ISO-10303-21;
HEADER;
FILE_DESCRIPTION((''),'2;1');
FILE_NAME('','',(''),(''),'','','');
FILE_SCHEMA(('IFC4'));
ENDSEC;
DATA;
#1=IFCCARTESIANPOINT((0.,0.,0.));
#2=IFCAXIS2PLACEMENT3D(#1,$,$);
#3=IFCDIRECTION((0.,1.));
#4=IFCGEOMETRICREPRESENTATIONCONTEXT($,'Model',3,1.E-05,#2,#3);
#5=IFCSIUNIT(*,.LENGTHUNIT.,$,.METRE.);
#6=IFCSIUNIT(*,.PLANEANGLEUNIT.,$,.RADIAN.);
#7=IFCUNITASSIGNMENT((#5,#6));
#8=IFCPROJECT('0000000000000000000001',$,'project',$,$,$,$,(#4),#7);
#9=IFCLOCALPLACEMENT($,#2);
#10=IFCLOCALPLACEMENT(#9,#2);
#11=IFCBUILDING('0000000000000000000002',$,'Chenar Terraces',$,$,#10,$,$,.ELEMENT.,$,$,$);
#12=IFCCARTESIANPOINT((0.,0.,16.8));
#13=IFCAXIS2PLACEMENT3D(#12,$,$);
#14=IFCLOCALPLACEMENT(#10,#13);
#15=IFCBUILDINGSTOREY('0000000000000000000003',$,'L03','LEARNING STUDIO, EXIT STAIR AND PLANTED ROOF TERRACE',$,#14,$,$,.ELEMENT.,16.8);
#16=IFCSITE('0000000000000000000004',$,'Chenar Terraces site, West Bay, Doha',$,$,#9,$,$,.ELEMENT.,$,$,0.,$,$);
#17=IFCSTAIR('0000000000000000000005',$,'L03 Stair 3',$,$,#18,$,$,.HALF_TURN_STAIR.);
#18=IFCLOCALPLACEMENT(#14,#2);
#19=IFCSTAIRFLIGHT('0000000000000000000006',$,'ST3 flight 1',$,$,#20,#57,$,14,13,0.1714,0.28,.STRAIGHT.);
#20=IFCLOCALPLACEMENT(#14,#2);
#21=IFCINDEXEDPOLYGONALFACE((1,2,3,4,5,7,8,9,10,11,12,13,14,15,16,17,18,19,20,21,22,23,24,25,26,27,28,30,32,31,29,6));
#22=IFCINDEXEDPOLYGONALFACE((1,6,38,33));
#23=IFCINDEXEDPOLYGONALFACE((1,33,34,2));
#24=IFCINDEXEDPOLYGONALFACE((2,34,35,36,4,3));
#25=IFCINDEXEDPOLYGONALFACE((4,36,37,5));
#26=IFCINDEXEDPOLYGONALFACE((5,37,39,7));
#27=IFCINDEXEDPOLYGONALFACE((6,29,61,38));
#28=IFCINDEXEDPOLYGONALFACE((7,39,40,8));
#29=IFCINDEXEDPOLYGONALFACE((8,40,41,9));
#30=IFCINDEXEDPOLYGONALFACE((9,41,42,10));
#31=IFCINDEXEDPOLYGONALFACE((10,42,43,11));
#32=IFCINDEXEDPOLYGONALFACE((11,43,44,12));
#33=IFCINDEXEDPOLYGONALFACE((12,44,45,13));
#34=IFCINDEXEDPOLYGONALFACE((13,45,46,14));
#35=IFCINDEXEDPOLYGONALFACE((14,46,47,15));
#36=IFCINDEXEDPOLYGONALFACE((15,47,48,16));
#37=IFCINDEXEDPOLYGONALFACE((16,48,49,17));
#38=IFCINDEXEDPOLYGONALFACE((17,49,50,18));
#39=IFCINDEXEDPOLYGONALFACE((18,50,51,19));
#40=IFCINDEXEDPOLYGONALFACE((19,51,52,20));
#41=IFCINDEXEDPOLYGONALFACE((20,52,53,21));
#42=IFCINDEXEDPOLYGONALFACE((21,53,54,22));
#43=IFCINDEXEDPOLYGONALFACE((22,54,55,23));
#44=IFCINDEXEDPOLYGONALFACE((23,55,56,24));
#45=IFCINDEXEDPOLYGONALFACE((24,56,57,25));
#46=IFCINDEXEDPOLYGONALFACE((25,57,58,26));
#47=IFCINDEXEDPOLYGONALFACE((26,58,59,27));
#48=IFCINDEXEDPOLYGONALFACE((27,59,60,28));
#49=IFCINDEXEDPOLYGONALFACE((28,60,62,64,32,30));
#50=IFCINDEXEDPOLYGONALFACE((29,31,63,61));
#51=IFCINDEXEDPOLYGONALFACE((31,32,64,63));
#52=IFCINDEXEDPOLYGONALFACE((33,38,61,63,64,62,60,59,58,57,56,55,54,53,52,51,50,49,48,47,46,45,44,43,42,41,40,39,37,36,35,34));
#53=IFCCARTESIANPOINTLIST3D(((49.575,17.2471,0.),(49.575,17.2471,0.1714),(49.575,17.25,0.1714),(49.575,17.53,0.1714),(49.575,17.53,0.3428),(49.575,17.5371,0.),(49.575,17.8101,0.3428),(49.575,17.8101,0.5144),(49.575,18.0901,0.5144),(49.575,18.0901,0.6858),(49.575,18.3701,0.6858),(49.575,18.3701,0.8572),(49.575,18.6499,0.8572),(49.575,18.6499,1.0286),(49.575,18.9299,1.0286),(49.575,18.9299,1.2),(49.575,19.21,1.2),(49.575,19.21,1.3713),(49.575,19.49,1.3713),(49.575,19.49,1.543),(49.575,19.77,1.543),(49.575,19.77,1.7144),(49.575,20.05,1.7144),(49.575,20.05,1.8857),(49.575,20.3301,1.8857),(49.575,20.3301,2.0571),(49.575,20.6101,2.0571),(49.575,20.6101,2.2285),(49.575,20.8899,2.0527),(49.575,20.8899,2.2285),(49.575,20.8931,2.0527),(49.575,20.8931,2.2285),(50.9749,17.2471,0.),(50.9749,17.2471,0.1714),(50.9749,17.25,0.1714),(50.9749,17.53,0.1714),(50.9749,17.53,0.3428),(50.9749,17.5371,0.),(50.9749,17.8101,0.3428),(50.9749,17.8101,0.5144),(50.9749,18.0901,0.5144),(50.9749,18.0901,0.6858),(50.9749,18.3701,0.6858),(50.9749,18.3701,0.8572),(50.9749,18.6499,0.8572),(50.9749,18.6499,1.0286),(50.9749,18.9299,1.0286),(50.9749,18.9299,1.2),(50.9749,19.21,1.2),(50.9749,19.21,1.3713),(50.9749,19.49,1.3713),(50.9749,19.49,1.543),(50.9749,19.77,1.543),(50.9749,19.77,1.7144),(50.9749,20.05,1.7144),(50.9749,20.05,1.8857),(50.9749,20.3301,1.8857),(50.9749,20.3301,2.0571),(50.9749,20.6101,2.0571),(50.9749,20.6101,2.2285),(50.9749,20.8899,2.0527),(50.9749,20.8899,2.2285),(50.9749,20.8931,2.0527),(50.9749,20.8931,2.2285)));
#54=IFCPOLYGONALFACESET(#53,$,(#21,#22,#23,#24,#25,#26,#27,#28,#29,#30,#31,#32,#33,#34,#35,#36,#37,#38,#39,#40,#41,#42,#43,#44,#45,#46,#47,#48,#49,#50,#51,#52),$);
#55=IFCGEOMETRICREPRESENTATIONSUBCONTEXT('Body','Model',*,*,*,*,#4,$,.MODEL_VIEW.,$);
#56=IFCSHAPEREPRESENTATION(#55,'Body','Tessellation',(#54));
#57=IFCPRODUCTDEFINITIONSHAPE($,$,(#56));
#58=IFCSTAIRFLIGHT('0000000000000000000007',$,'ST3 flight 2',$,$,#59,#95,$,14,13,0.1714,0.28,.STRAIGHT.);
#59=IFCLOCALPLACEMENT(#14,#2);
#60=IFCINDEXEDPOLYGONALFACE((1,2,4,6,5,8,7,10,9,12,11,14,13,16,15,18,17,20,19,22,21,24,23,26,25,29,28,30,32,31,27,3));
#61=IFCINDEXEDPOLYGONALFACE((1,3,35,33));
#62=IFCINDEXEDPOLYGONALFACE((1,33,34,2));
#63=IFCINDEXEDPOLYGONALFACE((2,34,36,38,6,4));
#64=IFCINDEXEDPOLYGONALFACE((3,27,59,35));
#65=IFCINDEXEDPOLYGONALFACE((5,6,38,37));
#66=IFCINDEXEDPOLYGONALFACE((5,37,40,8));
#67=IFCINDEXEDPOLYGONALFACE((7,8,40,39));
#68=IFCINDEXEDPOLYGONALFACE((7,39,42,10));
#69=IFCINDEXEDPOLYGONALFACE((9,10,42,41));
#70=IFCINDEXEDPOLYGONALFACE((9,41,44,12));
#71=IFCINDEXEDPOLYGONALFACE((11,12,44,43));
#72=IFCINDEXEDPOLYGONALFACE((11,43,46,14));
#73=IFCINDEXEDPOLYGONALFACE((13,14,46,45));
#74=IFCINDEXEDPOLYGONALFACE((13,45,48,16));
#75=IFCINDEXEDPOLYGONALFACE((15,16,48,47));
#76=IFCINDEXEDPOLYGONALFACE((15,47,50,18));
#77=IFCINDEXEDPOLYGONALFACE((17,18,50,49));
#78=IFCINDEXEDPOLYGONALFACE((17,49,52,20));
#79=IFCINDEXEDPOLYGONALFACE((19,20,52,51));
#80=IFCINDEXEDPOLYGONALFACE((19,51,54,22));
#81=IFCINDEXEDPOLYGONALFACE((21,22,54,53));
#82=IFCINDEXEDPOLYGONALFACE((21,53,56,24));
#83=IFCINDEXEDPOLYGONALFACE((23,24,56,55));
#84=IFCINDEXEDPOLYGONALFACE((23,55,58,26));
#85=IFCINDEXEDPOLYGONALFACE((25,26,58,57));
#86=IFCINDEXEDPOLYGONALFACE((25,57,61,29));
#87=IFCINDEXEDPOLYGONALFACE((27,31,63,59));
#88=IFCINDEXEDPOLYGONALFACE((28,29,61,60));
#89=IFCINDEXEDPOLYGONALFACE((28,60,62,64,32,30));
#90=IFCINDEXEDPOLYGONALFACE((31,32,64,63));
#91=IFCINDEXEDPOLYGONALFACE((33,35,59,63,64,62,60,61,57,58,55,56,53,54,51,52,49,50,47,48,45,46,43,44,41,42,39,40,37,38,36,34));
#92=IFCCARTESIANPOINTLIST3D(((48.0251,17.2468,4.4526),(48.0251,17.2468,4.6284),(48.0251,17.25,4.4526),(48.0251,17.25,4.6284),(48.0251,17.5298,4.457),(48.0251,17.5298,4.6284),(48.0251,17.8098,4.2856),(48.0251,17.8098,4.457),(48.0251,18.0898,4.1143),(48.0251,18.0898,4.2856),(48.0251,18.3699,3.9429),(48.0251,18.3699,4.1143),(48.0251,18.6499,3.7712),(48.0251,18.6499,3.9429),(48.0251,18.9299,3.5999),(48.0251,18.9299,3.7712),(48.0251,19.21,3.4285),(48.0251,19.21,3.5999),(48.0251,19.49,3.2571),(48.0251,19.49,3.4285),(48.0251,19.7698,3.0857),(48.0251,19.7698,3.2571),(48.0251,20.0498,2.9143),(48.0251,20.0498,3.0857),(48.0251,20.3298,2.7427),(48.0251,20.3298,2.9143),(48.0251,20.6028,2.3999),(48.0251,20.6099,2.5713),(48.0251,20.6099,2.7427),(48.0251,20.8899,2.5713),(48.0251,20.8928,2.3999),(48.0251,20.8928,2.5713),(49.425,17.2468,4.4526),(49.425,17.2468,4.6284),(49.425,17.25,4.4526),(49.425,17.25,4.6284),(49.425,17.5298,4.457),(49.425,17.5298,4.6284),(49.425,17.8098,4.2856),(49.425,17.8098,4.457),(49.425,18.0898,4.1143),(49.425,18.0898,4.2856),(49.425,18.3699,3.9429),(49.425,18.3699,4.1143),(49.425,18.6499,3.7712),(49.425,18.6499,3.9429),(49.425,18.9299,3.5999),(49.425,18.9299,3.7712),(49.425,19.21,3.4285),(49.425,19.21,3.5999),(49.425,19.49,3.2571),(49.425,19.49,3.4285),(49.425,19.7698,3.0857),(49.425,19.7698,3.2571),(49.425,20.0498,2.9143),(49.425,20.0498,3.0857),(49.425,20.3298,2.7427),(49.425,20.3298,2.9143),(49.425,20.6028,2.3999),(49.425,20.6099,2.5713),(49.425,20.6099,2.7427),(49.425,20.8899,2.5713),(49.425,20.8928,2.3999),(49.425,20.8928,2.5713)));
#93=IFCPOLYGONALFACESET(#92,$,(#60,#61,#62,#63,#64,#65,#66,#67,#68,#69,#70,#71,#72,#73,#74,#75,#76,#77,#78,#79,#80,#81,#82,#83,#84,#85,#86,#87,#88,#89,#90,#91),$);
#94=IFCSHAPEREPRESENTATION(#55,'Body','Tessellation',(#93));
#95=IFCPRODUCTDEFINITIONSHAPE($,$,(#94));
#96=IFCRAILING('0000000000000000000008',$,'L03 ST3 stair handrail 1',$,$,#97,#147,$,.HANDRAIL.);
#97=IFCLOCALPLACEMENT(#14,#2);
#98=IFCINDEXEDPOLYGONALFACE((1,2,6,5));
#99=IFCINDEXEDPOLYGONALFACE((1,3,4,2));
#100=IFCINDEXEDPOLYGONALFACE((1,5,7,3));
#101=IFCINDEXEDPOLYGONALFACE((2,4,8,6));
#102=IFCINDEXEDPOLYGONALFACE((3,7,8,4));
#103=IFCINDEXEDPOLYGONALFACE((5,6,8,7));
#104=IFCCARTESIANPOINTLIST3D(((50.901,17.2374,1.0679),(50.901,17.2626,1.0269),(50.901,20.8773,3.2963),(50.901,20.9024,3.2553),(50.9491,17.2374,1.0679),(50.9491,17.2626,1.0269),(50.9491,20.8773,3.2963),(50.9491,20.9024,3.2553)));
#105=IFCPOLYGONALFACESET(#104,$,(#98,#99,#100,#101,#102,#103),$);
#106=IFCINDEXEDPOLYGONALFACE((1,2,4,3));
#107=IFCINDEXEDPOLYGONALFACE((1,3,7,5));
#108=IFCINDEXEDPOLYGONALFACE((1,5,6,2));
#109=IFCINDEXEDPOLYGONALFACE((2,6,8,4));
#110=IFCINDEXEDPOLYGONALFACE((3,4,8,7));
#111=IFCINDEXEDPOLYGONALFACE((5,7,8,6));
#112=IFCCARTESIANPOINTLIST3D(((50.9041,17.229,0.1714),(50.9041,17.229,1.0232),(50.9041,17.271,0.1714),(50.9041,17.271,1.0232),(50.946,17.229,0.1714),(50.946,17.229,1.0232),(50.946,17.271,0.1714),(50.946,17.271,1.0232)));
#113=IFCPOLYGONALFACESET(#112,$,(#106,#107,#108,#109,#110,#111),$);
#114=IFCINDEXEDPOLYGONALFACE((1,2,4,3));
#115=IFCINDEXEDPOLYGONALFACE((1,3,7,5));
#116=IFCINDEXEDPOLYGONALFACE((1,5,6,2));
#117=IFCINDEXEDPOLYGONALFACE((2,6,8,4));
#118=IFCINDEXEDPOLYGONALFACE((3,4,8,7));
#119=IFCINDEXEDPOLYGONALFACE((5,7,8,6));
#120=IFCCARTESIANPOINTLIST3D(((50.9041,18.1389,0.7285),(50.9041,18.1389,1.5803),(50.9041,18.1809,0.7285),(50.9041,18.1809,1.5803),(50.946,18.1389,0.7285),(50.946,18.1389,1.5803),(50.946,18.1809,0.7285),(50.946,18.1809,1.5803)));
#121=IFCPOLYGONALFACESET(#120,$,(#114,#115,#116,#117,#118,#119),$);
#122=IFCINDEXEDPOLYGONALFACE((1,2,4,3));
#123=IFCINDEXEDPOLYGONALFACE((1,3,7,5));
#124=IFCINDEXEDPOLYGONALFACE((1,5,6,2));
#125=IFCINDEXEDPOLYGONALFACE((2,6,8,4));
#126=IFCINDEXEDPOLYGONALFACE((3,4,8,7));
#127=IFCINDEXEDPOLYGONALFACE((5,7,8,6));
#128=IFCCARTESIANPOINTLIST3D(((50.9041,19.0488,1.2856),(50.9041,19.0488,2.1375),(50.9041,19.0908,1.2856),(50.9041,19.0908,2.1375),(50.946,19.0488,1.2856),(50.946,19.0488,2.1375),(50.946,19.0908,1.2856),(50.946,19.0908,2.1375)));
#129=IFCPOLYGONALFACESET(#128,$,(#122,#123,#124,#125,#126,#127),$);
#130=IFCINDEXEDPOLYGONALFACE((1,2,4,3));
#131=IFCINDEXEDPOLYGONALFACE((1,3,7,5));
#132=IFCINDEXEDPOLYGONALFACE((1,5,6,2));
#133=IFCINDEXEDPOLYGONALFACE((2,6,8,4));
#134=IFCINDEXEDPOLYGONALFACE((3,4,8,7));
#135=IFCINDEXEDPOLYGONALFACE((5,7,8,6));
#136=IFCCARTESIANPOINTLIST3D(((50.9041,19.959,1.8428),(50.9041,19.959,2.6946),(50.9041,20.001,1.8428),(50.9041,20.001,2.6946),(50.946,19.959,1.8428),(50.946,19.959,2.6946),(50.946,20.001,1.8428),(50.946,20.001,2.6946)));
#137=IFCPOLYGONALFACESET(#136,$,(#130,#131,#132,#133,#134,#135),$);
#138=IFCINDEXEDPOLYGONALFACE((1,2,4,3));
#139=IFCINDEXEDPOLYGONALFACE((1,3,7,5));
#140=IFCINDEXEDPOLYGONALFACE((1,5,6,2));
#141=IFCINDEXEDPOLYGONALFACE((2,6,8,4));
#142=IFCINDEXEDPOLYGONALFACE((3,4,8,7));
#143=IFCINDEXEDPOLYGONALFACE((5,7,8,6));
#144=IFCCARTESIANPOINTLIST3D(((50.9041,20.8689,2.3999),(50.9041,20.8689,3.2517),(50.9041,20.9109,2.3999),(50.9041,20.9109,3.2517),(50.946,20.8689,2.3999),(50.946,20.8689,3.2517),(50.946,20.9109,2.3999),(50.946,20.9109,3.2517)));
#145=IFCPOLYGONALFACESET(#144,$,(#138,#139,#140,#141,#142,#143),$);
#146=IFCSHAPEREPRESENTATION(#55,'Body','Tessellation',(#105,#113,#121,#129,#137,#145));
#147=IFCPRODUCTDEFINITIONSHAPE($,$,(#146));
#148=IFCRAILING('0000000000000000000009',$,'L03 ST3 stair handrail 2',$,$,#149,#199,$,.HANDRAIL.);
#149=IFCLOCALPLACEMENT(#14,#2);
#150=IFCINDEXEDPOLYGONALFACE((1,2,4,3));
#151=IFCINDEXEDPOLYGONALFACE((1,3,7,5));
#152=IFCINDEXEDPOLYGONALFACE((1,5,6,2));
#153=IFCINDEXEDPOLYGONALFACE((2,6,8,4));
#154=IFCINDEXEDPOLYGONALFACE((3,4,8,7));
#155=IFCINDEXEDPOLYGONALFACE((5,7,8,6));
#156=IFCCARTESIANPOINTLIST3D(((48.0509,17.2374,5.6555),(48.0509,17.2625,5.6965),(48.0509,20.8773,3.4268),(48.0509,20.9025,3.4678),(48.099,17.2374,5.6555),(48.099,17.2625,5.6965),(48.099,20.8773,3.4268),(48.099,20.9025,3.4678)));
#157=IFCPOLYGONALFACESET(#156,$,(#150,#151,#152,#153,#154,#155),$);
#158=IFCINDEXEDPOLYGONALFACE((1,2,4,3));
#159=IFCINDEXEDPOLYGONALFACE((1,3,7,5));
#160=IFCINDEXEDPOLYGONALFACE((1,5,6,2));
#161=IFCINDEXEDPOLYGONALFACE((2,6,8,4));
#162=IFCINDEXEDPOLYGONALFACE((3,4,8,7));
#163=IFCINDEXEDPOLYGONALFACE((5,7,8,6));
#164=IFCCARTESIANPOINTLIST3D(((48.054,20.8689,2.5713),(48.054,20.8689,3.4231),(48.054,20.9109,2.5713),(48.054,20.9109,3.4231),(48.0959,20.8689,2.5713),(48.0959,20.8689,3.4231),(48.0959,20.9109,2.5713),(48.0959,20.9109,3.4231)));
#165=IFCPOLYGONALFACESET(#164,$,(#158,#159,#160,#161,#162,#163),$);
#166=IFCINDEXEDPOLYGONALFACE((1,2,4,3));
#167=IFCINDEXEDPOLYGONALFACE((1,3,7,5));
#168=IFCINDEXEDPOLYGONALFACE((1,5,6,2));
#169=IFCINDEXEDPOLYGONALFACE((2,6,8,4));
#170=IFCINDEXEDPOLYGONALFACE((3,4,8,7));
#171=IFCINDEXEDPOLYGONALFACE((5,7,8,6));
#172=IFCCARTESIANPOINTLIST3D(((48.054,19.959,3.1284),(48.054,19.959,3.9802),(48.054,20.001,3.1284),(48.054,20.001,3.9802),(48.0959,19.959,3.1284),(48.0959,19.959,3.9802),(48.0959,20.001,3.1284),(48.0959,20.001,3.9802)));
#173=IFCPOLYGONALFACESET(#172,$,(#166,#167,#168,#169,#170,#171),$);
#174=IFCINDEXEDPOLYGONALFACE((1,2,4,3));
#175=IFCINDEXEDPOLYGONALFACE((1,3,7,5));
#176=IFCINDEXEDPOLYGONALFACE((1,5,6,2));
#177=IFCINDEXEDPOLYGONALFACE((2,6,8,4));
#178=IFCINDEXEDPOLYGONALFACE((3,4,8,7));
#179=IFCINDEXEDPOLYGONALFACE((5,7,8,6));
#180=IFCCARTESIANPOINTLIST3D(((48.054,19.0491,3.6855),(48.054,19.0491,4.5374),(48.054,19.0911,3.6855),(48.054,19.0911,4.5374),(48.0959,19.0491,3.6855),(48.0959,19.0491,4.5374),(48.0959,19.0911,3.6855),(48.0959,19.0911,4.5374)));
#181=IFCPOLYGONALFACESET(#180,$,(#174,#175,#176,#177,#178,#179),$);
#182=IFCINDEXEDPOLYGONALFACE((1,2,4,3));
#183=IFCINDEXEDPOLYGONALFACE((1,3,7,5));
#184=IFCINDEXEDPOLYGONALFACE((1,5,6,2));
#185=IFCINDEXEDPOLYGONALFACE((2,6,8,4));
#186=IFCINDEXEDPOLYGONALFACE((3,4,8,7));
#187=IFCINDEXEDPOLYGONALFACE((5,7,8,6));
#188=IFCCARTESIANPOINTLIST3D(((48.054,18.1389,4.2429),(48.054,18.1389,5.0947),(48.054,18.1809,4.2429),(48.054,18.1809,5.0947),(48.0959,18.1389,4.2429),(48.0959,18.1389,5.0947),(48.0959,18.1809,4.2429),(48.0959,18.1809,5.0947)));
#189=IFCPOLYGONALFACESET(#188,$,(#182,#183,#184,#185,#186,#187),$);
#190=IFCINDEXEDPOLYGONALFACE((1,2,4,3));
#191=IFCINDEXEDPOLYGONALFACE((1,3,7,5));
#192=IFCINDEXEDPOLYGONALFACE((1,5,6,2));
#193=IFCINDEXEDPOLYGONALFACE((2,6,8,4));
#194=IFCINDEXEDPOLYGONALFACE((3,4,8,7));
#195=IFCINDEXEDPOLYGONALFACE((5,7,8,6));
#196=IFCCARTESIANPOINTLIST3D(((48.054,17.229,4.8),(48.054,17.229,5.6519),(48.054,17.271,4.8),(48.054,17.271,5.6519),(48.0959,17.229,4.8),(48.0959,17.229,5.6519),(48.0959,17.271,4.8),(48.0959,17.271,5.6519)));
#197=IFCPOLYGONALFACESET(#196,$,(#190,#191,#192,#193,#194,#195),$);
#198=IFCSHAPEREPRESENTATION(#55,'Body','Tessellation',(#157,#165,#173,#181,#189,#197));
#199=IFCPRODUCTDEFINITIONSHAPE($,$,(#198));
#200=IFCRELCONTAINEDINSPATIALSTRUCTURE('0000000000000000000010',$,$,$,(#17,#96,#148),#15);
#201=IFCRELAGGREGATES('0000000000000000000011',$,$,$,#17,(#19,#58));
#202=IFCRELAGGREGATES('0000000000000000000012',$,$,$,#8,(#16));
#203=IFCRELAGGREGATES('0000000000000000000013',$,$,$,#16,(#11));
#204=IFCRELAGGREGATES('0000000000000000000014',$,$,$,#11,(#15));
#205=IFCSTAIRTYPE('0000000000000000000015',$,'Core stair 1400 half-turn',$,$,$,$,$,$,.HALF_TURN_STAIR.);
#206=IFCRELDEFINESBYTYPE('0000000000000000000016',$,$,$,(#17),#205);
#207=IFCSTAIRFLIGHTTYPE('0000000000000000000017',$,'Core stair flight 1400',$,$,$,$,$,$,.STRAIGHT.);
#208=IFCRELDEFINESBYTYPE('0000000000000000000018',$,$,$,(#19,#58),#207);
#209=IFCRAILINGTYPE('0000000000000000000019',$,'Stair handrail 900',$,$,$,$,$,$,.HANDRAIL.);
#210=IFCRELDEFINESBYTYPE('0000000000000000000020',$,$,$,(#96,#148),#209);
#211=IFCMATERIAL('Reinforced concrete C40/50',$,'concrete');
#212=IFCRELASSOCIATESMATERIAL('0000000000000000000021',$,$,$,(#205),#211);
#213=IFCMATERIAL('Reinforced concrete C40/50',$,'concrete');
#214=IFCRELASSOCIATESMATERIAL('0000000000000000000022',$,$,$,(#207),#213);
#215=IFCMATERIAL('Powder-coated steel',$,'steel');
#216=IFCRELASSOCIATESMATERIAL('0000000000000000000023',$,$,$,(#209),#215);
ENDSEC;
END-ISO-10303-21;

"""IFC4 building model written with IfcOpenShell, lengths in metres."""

from ifc_helpers import new_model, si_unit, direction, frame, origin, origin_2d, place, context, subcontext, project, spatial, polyline, rectangle, outline, extrude, material, type_object, element, aggregate, save


model = new_model("IFC4")

# Units and contexts
model_context = context("Model", 3, precision=1e-05, world=origin(), true_north=direction((0.0, 1.0)))
body_context = subcontext(model_context, "Body", "Model", "MODEL_VIEW")
ifc_project = project(units=[si_unit("LENGTHUNIT", "METRE"), si_unit("PLANEANGLEUNIT", "RADIAN")], contexts=[model_context])

# Site, building, storey
site_placement = place(None, origin())
site = spatial("IfcSite", under=ifc_project, at=site_placement, Name="Chenar Terraces site, West Bay, Doha", CompositionType="ELEMENT", RefElevation=0.0)
building_placement = place(site_placement, origin())
building = spatial("IfcBuilding", under=site, at=building_placement, Name="Chenar Terraces", CompositionType="ELEMENT")
storey_placement = place(building_placement, frame((0.0, 0.0, 16.8)))
storey = spatial("IfcBuildingStorey", under=building, at=storey_placement, Name="L03", Description="LEARNING STUDIO, EXIT STAIR AND PLANTED ROOF TERRACE", CompositionType="ELEMENT", Elevation=16.8)

# Shared definitions
placement = place(storey_placement, origin())

# Stair, stair flights
ifc_material_1 = material(Name="Reinforced concrete C40/50", Category="concrete")
stair_type = type_object("IfcStairType", Name="Core stair 1400 half-turn", PredefinedType="HALF_TURN_STAIR", material=ifc_material_1)
stair = element("IfcStair", 1, at=placement, inside=storey, type_object=stair_type, Name="L03 Stair 3", PredefinedType="HALF_TURN_STAIR")
ifc_material_2 = material(Name="Reinforced concrete C40/50", Category="concrete")
stair_flight_type = type_object("IfcStairFlightType", Name="Core stair flight 1400", PredefinedType="STRAIGHT", material=ifc_material_2)
stair_flight_1_placement = place(storey_placement, frame((50.2749, 17.25, 0.0), z_axis=(0.0, 0.0, 1.0), x_axis=(0.0, 1.0, 0.0)))
stair_flight_1 = element("IfcStairFlight", 2, at=stair_flight_1_placement, type_object=stair_flight_type, Name="ST3 flight 1", NumberOfRisers=14, NumberOfTreads=13, PredefinedType="STRAIGHT", RiserHeight=0.1714, TreadLength=0.28, context=body_context, shape_type="SweptSolid", body=[
    extrude(outline(polyline([(-0.0029, 0.0), (-0.0029, 0.1714), (0.0, 0.1714), (0.28, 0.1714), (0.28, 0.3428), (0.5601, 0.3428), (0.5601, 0.5144), (0.8401, 0.5144), (0.8401, 0.6858), (1.1201, 0.6858), (1.1201, 0.8572), (1.3999, 0.8572), (1.3999, 1.0286), (1.6799, 1.0286), (1.6799, 1.2), (1.96, 1.2), (1.96, 1.3713), (2.24, 1.3713), (2.24, 1.543), (2.52, 1.543), (2.52, 1.7144), (2.8, 1.7144), (2.8, 1.8857), (3.0801, 1.8857), (3.0801, 2.0571), (3.3601, 2.0571), (3.3601, 2.2285), (3.6399, 2.2285), (3.6431, 2.2285), (3.6431, 2.0527), (3.6399, 2.0527), (0.2871, 0.0), (-0.0029, 0.0)])), frame((0.0, 0.7, 0.0), z_axis=(0.0, -1.0, 0.0), x_axis=(1.0, 0.0, 0.0)), (0.0, 0.0, 1.0), 1.3999),
])
stair_flight_2_placement = place(storey_placement, frame((48.7251, 20.8899, 2.3999), z_axis=(0.0, 0.0, 1.0), x_axis=(0.0, -1.0, 0.0)))
stair_flight_2 = element("IfcStairFlight", 3, at=stair_flight_2_placement, type_object=stair_flight_type, Name="ST3 flight 2", NumberOfRisers=14, NumberOfTreads=13, PredefinedType="STRAIGHT", RiserHeight=0.1714, TreadLength=0.28, context=body_context, shape_type="SweptSolid", body=[
    extrude(outline(polyline([(-0.0029, 0.0), (-0.0029, 0.1714), (0.0, 0.1714), (0.28, 0.1714), (0.28, 0.3428), (0.5601, 0.3428), (0.5601, 0.5144), (0.8401, 0.5144), (0.8401, 0.6858), (1.1201, 0.6858), (1.1201, 0.8572), (1.3999, 0.8572), (1.3999, 1.0286), (1.6799, 1.0286), (1.6799, 1.2), (1.96, 1.2), (1.96, 1.3713), (2.24, 1.3713), (2.24, 1.543), (2.52, 1.543), (2.52, 1.7144), (2.8, 1.7144), (2.8, 1.8857), (3.0801, 1.8857), (3.0801, 2.0571), (3.3601, 2.0571), (3.3601, 2.2285), (3.6399, 2.2285), (3.6431, 2.2285), (3.6431, 2.0527), (3.6399, 2.0527), (0.2871, 0.0), (-0.0029, 0.0)])), frame((0.0, 0.7, 0.0), z_axis=(0.0, -1.0, 0.0), x_axis=(1.0, 0.0, 0.0)), (0.0, 0.0, 1.0), 1.3999),
])
aggregate(stair, [stair_flight_1, stair_flight_2])

# Railings
ifc_material_3 = material(Name="Powder-coated steel", Category="steel")
railing_type = type_object("IfcRailingType", Name="Stair handrail 900", PredefinedType="HANDRAIL", material=ifc_material_3)
railing_1_placement = place(storey_placement, frame((50.925, 17.25, 0.1714)))
element("IfcRailing", 4, at=railing_1_placement, inside=storey, type_object=railing_type, Name="L03 ST3 stair handrail 1", PredefinedType="HANDRAIL", context=body_context, shape_type="SweptSolid", body=[
    extrude(rectangle(XDim=0.0481, YDim=0.0481, at=origin_2d()), frame((0.0, 0.0, 0.876), z_axis=(0.0, 0.85285, 0.522156), x_axis=(-1.0, 0.0, 0.0)), (0.0, 0.0, 1.0), 4.2678),
    extrude(rectangle(XDim=0.042, YDim=0.042, at=origin_2d()), origin(), (0.0, 0.0, 1.0), 0.8518),
    extrude(rectangle(XDim=0.042, YDim=0.042, at=origin_2d()), frame((0.0, 0.9099, 0.5571)), (0.0, 0.0, 1.0), 0.8518),
    extrude(rectangle(XDim=0.042, YDim=0.042, at=origin_2d()), frame((0.0, 1.8198, 1.1143)), (0.0, 0.0, 1.0), 0.8518),
    extrude(rectangle(XDim=0.042, YDim=0.042, at=origin_2d()), frame((0.0, 2.73, 1.6714)), (0.0, 0.0, 1.0), 0.8518),
    extrude(rectangle(XDim=0.042, YDim=0.042, at=origin_2d()), frame((0.0, 3.6399, 2.2285)), (0.0, 0.0, 1.0), 0.8518),
])
railing_2_placement = place(storey_placement, frame((48.075, 20.8899, 2.5713)))
element("IfcRailing", 5, at=railing_2_placement, inside=storey, type_object=railing_type, Name="L03 ST3 stair handrail 2", PredefinedType="HANDRAIL", context=body_context, shape_type="SweptSolid", body=[
    extrude(rectangle(XDim=0.0481, YDim=0.0481, at=origin_2d()), frame((0.0, 0.0, 0.876), z_axis=(0.0, -0.852825, 0.522197), x_axis=(1.0, 0.0, 0.0)), (0.0, 0.0, 1.0), 4.2681),
    extrude(rectangle(XDim=0.042, YDim=0.042, at=origin_2d()), origin(), (0.0, 0.0, 1.0), 0.8518),
    extrude(rectangle(XDim=0.042, YDim=0.042, at=origin_2d()), frame((0.0, -0.9099, 0.5571)), (0.0, 0.0, 1.0), 0.8518),
    extrude(rectangle(XDim=0.042, YDim=0.042, at=origin_2d()), frame((0.0, -1.8198, 1.1143)), (0.0, 0.0, 1.0), 0.8518),
    extrude(rectangle(XDim=0.042, YDim=0.042, at=origin_2d()), frame((0.0, -2.73, 1.6716)), (0.0, 0.0, 1.0), 0.8518),
    extrude(rectangle(XDim=0.042, YDim=0.042, at=origin_2d()), frame((0.0, -3.6399, 2.2288)), (0.0, 0.0, 1.0), 0.8518),
])

save(model, "model.ifc")
